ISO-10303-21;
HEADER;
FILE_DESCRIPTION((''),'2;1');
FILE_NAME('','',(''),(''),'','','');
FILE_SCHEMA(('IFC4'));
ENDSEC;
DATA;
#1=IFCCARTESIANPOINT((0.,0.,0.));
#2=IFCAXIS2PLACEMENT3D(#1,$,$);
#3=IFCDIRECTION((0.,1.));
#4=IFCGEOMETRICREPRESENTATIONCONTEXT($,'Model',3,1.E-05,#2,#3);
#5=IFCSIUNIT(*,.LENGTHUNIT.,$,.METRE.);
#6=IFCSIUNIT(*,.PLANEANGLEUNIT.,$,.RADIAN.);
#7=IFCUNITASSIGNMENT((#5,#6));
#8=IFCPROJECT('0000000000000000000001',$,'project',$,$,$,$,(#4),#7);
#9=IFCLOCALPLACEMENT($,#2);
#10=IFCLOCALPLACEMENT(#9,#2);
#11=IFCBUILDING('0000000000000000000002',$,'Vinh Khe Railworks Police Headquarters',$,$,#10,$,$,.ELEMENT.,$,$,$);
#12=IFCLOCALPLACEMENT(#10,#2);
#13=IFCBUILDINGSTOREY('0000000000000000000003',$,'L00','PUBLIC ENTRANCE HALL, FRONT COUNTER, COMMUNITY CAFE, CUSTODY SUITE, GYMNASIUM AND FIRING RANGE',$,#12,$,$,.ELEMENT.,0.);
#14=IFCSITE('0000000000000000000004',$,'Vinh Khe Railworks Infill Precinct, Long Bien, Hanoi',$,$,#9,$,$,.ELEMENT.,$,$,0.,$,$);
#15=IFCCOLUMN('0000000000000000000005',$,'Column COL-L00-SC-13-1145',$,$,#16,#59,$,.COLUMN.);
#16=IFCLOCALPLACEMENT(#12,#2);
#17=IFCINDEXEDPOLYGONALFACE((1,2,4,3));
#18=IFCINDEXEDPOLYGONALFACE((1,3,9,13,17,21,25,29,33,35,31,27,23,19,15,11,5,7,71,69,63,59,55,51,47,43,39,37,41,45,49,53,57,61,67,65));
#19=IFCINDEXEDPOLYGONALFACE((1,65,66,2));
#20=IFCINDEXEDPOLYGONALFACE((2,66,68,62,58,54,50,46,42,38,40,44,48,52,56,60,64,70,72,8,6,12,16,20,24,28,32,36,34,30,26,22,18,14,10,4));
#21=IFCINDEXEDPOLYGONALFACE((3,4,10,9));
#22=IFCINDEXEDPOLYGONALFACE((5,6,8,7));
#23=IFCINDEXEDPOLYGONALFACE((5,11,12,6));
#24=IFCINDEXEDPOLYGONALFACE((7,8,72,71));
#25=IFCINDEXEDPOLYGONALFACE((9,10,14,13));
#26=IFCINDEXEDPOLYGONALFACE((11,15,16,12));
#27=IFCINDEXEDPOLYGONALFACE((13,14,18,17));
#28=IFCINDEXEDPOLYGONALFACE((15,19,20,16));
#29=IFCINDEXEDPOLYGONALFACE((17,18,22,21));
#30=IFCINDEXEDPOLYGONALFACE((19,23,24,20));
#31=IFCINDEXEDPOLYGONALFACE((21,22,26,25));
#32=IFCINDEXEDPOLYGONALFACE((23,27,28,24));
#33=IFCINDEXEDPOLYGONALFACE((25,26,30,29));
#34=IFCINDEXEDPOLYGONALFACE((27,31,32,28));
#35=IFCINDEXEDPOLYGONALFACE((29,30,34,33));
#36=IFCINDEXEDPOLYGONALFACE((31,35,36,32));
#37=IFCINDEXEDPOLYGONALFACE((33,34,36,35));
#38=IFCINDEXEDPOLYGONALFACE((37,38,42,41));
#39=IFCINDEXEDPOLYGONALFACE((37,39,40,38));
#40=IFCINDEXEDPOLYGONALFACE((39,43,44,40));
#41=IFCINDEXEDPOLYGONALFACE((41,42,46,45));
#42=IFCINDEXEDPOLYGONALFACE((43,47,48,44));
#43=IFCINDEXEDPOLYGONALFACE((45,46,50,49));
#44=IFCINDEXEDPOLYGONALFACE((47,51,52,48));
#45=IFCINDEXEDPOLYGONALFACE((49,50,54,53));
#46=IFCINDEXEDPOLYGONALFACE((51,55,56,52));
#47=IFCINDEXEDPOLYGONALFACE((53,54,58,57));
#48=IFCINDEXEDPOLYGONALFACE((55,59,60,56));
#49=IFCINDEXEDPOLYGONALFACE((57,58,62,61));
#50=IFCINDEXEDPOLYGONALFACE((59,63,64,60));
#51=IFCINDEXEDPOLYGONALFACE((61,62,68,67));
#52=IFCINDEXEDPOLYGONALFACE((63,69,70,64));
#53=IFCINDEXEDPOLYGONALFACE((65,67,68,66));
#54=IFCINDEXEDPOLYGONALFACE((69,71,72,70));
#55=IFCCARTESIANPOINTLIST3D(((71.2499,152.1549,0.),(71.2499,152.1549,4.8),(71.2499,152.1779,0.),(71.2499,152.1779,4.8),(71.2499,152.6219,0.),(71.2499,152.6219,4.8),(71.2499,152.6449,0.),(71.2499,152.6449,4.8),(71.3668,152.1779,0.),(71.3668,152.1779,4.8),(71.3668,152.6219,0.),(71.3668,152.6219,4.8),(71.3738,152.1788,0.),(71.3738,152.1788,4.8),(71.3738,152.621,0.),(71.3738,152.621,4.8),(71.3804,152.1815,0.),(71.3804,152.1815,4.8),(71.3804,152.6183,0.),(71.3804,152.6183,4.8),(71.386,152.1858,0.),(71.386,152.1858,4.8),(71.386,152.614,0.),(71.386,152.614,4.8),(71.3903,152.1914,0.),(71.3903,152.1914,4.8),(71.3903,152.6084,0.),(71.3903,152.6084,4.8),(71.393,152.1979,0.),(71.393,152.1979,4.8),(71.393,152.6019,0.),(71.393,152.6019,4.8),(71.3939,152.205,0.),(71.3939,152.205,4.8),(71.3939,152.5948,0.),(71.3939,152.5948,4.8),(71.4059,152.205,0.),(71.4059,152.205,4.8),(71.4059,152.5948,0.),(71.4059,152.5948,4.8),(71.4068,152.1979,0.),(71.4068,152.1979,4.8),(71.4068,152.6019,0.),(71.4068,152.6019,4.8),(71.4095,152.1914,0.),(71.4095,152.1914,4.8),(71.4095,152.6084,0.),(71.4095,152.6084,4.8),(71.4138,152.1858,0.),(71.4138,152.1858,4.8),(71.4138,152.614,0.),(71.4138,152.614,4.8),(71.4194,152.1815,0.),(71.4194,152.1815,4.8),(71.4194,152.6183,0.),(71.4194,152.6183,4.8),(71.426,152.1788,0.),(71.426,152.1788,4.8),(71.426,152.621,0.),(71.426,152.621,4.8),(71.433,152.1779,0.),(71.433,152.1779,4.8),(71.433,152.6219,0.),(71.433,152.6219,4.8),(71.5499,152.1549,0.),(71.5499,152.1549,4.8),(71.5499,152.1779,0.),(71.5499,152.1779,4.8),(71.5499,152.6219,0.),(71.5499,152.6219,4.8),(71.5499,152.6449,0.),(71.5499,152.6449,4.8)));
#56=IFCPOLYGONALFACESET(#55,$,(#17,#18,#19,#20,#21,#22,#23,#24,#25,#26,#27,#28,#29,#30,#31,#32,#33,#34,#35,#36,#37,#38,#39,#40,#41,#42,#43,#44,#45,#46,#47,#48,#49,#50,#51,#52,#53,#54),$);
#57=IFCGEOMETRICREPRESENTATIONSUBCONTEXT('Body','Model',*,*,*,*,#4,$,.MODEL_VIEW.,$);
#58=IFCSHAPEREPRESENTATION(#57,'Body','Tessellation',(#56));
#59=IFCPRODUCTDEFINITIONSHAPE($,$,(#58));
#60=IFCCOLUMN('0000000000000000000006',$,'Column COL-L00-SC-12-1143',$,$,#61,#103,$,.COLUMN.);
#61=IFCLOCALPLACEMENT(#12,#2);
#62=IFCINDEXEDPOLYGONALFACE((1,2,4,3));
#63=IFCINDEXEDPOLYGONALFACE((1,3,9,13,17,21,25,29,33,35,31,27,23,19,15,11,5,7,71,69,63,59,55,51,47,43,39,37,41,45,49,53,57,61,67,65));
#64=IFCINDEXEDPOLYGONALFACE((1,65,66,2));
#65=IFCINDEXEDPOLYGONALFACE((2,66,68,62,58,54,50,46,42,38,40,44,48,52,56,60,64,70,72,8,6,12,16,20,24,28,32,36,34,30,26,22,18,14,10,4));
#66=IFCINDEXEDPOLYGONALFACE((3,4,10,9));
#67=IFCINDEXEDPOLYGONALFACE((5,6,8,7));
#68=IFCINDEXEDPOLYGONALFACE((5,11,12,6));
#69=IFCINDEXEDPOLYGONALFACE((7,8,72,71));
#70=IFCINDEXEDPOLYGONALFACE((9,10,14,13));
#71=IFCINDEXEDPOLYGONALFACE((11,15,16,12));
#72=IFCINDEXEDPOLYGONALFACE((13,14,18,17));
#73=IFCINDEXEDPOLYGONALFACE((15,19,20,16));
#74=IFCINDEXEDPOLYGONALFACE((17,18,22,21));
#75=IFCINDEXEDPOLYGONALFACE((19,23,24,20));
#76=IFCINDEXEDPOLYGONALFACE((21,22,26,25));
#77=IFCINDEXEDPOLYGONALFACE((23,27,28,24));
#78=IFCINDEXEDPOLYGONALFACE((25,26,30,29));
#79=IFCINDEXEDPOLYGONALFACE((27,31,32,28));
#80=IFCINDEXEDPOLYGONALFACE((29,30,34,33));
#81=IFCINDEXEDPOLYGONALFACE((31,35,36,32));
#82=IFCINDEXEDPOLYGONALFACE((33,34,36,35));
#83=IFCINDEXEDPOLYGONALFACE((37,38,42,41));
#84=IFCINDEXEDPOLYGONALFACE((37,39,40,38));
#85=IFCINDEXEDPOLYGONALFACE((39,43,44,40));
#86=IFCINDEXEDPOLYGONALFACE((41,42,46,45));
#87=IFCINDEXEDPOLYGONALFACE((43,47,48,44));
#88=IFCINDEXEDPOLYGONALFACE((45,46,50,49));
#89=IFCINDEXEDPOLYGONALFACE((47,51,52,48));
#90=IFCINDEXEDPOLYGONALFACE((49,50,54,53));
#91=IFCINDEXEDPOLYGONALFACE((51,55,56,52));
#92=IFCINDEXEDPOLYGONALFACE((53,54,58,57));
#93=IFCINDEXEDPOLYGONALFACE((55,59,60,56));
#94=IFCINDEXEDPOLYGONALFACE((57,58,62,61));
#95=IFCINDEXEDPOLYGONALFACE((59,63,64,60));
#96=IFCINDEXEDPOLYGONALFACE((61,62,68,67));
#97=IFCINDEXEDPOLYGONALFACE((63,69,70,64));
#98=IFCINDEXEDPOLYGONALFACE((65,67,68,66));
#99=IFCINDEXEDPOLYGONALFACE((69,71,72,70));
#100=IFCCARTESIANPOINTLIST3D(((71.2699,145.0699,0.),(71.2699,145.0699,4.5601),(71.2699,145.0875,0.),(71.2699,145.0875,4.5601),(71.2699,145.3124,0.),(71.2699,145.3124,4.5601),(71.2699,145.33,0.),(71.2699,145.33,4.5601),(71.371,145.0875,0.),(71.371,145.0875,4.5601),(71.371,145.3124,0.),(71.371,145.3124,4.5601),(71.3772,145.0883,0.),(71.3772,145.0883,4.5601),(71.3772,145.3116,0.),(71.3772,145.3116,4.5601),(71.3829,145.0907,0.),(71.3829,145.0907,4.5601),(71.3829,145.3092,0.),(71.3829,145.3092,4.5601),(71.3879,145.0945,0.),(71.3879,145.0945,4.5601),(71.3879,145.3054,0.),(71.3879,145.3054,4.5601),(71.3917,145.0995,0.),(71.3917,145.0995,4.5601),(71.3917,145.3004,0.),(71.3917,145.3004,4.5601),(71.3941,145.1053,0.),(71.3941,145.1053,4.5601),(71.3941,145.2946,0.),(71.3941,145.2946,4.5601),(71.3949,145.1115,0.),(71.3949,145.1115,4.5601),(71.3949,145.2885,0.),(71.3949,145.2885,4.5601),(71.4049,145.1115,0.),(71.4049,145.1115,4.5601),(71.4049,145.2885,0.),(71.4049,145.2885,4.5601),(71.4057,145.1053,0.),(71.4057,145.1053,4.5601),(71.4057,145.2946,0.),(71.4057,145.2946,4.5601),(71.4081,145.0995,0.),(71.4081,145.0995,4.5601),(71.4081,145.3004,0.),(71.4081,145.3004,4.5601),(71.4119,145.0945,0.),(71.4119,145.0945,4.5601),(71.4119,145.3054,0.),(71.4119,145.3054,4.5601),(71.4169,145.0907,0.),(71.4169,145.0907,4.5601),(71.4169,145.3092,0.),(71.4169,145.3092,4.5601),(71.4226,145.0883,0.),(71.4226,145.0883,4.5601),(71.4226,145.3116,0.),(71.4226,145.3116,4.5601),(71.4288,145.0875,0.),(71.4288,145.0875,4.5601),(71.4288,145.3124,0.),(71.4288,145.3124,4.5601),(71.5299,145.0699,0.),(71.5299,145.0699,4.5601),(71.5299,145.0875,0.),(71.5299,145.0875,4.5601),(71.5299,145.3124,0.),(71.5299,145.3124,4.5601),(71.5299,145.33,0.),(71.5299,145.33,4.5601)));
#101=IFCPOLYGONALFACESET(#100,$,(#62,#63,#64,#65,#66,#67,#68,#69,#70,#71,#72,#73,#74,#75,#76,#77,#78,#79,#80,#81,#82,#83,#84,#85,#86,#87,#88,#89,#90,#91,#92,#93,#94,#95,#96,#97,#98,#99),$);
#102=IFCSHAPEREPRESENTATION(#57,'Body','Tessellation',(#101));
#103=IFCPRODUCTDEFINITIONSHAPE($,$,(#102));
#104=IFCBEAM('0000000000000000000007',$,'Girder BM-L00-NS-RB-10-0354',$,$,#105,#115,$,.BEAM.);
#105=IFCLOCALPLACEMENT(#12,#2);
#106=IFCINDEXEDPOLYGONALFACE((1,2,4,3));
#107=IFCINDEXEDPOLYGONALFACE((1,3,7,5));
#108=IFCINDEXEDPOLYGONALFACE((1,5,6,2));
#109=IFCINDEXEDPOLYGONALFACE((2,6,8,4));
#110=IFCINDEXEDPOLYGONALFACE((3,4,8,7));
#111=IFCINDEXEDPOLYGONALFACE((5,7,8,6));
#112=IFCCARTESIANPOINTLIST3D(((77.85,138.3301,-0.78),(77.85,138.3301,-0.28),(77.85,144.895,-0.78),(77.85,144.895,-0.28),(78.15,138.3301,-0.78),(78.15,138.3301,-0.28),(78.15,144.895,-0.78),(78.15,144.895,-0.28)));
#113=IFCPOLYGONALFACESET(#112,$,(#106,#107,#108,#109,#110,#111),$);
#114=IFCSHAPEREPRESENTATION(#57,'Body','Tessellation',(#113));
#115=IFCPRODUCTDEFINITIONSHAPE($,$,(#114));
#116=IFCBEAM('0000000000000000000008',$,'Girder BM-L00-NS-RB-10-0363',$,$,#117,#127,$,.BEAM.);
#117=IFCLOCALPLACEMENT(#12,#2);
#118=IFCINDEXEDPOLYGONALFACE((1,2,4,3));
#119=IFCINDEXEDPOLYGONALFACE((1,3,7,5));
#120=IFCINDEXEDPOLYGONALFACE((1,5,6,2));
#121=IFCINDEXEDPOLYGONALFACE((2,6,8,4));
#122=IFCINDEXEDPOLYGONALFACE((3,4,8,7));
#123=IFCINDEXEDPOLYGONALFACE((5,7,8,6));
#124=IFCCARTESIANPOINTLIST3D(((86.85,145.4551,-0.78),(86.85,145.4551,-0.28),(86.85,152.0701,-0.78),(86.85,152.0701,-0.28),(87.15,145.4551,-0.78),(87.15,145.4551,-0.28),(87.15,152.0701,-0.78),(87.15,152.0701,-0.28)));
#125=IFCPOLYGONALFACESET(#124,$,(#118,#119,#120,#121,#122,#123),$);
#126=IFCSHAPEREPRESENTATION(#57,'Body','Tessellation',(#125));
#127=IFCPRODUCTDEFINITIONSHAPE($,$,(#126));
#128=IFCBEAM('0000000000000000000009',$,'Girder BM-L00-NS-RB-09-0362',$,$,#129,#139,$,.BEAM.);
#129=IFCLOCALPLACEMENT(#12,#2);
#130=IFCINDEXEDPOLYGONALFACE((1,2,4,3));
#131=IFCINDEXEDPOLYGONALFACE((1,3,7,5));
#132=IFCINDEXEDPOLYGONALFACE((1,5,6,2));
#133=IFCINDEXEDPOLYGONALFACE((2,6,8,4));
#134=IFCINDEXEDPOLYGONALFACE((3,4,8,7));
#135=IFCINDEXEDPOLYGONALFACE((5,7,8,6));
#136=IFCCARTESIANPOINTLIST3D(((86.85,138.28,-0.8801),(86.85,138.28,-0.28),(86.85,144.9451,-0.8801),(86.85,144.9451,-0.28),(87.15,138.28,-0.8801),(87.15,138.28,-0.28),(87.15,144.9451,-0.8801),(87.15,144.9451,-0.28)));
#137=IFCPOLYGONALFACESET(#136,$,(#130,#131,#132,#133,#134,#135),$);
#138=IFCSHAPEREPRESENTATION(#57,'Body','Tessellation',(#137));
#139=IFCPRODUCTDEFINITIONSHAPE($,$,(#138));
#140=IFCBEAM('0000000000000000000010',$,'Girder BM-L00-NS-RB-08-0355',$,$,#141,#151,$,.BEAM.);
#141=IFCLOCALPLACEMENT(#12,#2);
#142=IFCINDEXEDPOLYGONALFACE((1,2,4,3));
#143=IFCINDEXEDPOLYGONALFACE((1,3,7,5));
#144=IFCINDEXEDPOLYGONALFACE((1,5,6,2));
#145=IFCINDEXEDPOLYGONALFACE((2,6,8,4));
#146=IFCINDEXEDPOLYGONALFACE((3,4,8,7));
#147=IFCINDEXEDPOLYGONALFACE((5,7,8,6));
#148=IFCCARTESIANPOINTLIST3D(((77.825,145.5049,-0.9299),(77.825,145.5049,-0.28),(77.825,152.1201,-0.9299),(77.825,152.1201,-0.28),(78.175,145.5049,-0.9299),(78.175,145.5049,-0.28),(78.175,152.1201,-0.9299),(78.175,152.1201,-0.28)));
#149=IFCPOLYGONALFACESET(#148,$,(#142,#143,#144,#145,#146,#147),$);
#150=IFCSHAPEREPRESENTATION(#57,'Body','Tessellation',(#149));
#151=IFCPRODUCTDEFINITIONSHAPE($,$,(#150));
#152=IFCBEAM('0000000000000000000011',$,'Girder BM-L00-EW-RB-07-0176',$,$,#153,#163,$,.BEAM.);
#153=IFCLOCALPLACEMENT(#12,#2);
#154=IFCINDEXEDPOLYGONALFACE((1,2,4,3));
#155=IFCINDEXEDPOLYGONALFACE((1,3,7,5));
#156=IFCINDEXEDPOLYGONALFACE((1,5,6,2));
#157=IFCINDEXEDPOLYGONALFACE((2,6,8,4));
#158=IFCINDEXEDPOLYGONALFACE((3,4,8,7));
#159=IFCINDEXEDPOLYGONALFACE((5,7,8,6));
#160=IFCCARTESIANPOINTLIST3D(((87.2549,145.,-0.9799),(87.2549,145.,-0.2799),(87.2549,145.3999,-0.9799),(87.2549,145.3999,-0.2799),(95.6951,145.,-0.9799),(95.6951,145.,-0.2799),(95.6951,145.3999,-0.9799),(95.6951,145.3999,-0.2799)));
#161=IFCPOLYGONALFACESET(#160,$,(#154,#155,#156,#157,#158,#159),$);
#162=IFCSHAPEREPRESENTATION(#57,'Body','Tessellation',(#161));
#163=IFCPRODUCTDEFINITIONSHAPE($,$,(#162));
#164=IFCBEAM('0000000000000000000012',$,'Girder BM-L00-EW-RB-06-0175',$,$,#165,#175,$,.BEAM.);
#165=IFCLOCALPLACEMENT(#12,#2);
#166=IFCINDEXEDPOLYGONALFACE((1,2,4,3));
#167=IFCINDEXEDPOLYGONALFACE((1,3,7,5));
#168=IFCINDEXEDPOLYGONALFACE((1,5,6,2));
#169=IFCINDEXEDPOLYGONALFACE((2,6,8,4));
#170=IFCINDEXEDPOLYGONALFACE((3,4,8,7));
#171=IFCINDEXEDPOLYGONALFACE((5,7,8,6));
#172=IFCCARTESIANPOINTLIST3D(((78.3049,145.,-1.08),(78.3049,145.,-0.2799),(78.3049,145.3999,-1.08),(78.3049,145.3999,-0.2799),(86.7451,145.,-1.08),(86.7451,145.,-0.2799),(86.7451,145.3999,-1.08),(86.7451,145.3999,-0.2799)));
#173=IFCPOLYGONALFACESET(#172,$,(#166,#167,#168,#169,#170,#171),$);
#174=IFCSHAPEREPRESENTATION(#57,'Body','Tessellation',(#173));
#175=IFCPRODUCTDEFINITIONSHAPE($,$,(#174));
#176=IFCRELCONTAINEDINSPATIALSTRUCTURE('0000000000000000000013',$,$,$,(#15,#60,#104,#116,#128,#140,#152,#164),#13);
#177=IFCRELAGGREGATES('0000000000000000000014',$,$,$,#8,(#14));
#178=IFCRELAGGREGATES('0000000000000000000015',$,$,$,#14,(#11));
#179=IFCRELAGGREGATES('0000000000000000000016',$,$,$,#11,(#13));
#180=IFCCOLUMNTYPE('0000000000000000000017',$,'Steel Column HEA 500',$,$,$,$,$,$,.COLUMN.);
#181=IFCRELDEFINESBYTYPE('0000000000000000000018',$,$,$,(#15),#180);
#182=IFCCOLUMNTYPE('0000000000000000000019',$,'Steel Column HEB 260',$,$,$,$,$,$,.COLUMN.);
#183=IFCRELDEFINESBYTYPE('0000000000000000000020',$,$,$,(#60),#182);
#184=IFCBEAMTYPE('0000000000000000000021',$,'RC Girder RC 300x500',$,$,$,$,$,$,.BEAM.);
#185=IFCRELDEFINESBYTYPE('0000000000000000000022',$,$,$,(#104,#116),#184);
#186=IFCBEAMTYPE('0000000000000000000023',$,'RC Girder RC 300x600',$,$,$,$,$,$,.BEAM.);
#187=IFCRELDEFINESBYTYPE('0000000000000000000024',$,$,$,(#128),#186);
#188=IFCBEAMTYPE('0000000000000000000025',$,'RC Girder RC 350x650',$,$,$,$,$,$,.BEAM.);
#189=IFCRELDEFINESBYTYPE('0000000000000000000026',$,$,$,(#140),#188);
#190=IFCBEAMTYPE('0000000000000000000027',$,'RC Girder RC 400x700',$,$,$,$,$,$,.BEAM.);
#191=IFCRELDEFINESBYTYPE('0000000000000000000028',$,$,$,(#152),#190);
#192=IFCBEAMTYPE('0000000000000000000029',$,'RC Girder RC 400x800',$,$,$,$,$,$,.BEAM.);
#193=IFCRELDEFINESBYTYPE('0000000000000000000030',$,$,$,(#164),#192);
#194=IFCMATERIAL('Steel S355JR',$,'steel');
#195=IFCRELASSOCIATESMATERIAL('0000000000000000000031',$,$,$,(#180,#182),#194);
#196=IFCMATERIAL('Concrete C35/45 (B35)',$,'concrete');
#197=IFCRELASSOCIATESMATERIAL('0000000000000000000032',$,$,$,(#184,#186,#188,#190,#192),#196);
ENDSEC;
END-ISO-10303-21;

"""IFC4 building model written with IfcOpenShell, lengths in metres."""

from ifc_helpers import new_model, si_unit, direction, frame, origin, origin_2d, place, context, subcontext, project, spatial, rectangle, i_section, extrude, material, material_profile, profile_set, type_object, element, save


model = new_model("IFC4")

# Units and contexts
model_context = context("Model", 3, precision=1e-05, world=origin(), true_north=direction((0.0, 1.0)))
body_context = subcontext(model_context, "Body", "Model", "MODEL_VIEW")
ifc_project = project(units=[si_unit("LENGTHUNIT", "METRE"), si_unit("PLANEANGLEUNIT", "RADIAN")], contexts=[model_context])

# Site, building, storey
site_placement = place(None, origin())
site = spatial("IfcSite", under=ifc_project, at=site_placement, Name="Vinh Khe Railworks Infill Precinct, Long Bien, Hanoi", CompositionType="ELEMENT", RefElevation=0.0)
building_placement = place(site_placement, origin())
building = spatial("IfcBuilding", under=site, at=building_placement, Name="Vinh Khe Railworks Police Headquarters", CompositionType="ELEMENT")
storey_placement = place(building_placement, origin())
storey = spatial("IfcBuildingStorey", under=building, at=storey_placement, Name="L00", Description="PUBLIC ENTRANCE HALL, FRONT COUNTER, COMMUNITY CAFE, CUSTODY SUITE, GYMNASIUM AND FIRING RANGE", CompositionType="ELEMENT", Elevation=0.0)

# Shared definitions
ifc_material_1 = material(Name="Concrete C35/45 (B35)", Category="concrete")

# Columns
ifc_material_2 = material(Name="Steel S355JR", Category="steel")
ifc_material_profile_1 = material_profile(ifc_material_2, i_section(OverallWidth=0.3, OverallDepth=0.49, WebThickness=0.012, FlangeThickness=0.0229, FilletRadius=0.0271, at=origin_2d()), Name="HEA 500")
ifc_profile_set_1 = profile_set([ifc_material_profile_1], Name="Steel S355JR")
column_type_1 = type_object("IfcColumnType", Name="Steel Column HEA 500", PredefinedType="COLUMN", material=ifc_profile_set_1)
column_1_placement = place(storey_placement, frame((71.3999, 152.3999, 0.0), z_axis=(0.0, 0.0, 1.0), x_axis=(1.0, 0.0, 0.0)))
element("IfcColumn", 1, at=column_1_placement, inside=storey, type_object=column_type_1, Name="Column COL-L00-SC-13-1145", PredefinedType="COLUMN", context=body_context, shape_type="SweptSolid", body=[
    extrude(i_section(OverallWidth=0.3, OverallDepth=0.49, WebThickness=0.012, FlangeThickness=0.0229, FilletRadius=0.0271, at=origin_2d()), origin(), (0.0, 0.0, 1.0), 4.8),
])
ifc_material_profile_2 = material_profile(ifc_material_2, i_section(OverallWidth=0.26, OverallDepth=0.26, WebThickness=0.01, FlangeThickness=0.0176, FilletRadius=0.0239, at=origin_2d()), Name="HEB 260")
ifc_profile_set_2 = profile_set([ifc_material_profile_2], Name="Steel S355JR")
column_type_2 = type_object("IfcColumnType", Name="Steel Column HEB 260", PredefinedType="COLUMN", material=ifc_profile_set_2)
column_2_placement = place(storey_placement, frame((71.3999, 145.2, 0.0), z_axis=(0.0, 0.0, 1.0), x_axis=(1.0, 0.0, 0.0)))
element("IfcColumn", 2, at=column_2_placement, inside=storey, type_object=column_type_2, Name="Column COL-L00-SC-12-1143", PredefinedType="COLUMN", context=body_context, shape_type="SweptSolid", body=[
    extrude(i_section(OverallWidth=0.26, OverallDepth=0.26, WebThickness=0.01, FlangeThickness=0.0176, FilletRadius=0.0239, at=origin_2d()), origin(), (0.0, 0.0, 1.0), 4.5601),
])

# Beams
ifc_material_profile_3 = material_profile(ifc_material_1, rectangle(XDim=0.3, YDim=0.5, at=origin_2d()), Name="RC 300x500")
ifc_profile_set_3 = profile_set([ifc_material_profile_3], Name="Concrete C35/45 (B35)")
beam_type_1 = type_object("IfcBeamType", Name="RC Girder RC 300x500", PredefinedType="BEAM", material=ifc_profile_set_3)
beam_1_placement = place(storey_placement, frame((78.0, 138.3301, -0.53), z_axis=(0.0, 1.0, 0.0), x_axis=(-1.0, 0.0, 0.0)))
element("IfcBeam", 3, at=beam_1_placement, inside=storey, type_object=beam_type_1, Name="Girder BM-L00-NS-RB-10-0354", PredefinedType="BEAM", context=body_context, shape_type="SweptSolid", body=[
    extrude(rectangle(XDim=0.3, YDim=0.5, at=origin_2d()), origin(), (0.0, 0.0, 1.0), 6.5649),
])
beam_2_placement = place(storey_placement, frame((87.0, 145.4551, -0.53), z_axis=(0.0, 1.0, 0.0), x_axis=(-1.0, 0.0, 0.0)))
element("IfcBeam", 4, at=beam_2_placement, inside=storey, type_object=beam_type_1, Name="Girder BM-L00-NS-RB-10-0363", PredefinedType="BEAM", context=body_context, shape_type="SweptSolid", body=[
    extrude(rectangle(XDim=0.3, YDim=0.5, at=origin_2d()), origin(), (0.0, 0.0, 1.0), 6.615),
])
ifc_material_profile_4 = material_profile(ifc_material_1, rectangle(XDim=0.3, YDim=0.6001, at=origin_2d()), Name="RC 300x600")
ifc_profile_set_4 = profile_set([ifc_material_profile_4], Name="Concrete C35/45 (B35)")
beam_type_2 = type_object("IfcBeamType", Name="RC Girder RC 300x600", PredefinedType="BEAM", material=ifc_profile_set_4)
beam_3_placement = place(storey_placement, frame((87.0, 138.28, -0.5801), z_axis=(0.0, 1.0, 0.0), x_axis=(-1.0, 0.0, 0.0)))
element("IfcBeam", 5, at=beam_3_placement, inside=storey, type_object=beam_type_2, Name="Girder BM-L00-NS-RB-09-0362", PredefinedType="BEAM", context=body_context, shape_type="SweptSolid", body=[
    extrude(rectangle(XDim=0.3, YDim=0.6001, at=origin_2d()), origin(), (0.0, 0.0, 1.0), 6.665),
])
ifc_material_profile_5 = material_profile(ifc_material_1, rectangle(XDim=0.3501, YDim=0.6499, at=origin_2d()), Name="RC 350x650")
ifc_profile_set_5 = profile_set([ifc_material_profile_5], Name="Concrete C35/45 (B35)")
beam_type_3 = type_object("IfcBeamType", Name="RC Girder RC 350x650", PredefinedType="BEAM", material=ifc_profile_set_5)
beam_4_placement = place(storey_placement, frame((78.0, 145.5049, -0.605), z_axis=(0.0, 1.0, 0.0), x_axis=(-1.0, 0.0, 0.0)))
element("IfcBeam", 6, at=beam_4_placement, inside=storey, type_object=beam_type_3, Name="Girder BM-L00-NS-RB-08-0355", PredefinedType="BEAM", context=body_context, shape_type="SweptSolid", body=[
    extrude(rectangle(XDim=0.3501, YDim=0.6499, at=origin_2d()), origin(), (0.0, 0.0, 1.0), 6.6152),
])
ifc_material_profile_6 = material_profile(ifc_material_1, rectangle(XDim=0.3999, YDim=0.7, at=origin_2d()), Name="RC 400x700")
ifc_profile_set_6 = profile_set([ifc_material_profile_6], Name="Concrete C35/45 (B35)")
beam_type_4 = type_object("IfcBeamType", Name="RC Girder RC 400x700", PredefinedType="BEAM", material=ifc_profile_set_6)
beam_5_placement = place(storey_placement, frame((87.2549, 145.2, -0.6299), z_axis=(1.0, 0.0, 0.0), x_axis=(0.0, 1.0, 0.0)))
element("IfcBeam", 7, at=beam_5_placement, inside=storey, type_object=beam_type_4, Name="Girder BM-L00-EW-RB-07-0176", PredefinedType="BEAM", context=body_context, shape_type="SweptSolid", body=[
    extrude(rectangle(XDim=0.3999, YDim=0.7, at=origin_2d()), origin(), (0.0, 0.0, 1.0), 8.4402),
])
ifc_material_profile_7 = material_profile(ifc_material_1, rectangle(XDim=0.3999, YDim=0.8, at=origin_2d()), Name="RC 400x800")
ifc_profile_set_7 = profile_set([ifc_material_profile_7], Name="Concrete C35/45 (B35)")
beam_type_5 = type_object("IfcBeamType", Name="RC Girder RC 400x800", PredefinedType="BEAM", material=ifc_profile_set_7)
beam_6_placement = place(storey_placement, frame((78.3049, 145.2, -0.6799), z_axis=(1.0, 0.0, 0.0), x_axis=(0.0, 1.0, 0.0)))
element("IfcBeam", 8, at=beam_6_placement, inside=storey, type_object=beam_type_5, Name="Girder BM-L00-EW-RB-06-0175", PredefinedType="BEAM", context=body_context, shape_type="SweptSolid", body=[
    extrude(rectangle(XDim=0.3999, YDim=0.8, at=origin_2d()), origin(), (0.0, 0.0, 1.0), 8.4402),
])

save(model, "model.ifc")
